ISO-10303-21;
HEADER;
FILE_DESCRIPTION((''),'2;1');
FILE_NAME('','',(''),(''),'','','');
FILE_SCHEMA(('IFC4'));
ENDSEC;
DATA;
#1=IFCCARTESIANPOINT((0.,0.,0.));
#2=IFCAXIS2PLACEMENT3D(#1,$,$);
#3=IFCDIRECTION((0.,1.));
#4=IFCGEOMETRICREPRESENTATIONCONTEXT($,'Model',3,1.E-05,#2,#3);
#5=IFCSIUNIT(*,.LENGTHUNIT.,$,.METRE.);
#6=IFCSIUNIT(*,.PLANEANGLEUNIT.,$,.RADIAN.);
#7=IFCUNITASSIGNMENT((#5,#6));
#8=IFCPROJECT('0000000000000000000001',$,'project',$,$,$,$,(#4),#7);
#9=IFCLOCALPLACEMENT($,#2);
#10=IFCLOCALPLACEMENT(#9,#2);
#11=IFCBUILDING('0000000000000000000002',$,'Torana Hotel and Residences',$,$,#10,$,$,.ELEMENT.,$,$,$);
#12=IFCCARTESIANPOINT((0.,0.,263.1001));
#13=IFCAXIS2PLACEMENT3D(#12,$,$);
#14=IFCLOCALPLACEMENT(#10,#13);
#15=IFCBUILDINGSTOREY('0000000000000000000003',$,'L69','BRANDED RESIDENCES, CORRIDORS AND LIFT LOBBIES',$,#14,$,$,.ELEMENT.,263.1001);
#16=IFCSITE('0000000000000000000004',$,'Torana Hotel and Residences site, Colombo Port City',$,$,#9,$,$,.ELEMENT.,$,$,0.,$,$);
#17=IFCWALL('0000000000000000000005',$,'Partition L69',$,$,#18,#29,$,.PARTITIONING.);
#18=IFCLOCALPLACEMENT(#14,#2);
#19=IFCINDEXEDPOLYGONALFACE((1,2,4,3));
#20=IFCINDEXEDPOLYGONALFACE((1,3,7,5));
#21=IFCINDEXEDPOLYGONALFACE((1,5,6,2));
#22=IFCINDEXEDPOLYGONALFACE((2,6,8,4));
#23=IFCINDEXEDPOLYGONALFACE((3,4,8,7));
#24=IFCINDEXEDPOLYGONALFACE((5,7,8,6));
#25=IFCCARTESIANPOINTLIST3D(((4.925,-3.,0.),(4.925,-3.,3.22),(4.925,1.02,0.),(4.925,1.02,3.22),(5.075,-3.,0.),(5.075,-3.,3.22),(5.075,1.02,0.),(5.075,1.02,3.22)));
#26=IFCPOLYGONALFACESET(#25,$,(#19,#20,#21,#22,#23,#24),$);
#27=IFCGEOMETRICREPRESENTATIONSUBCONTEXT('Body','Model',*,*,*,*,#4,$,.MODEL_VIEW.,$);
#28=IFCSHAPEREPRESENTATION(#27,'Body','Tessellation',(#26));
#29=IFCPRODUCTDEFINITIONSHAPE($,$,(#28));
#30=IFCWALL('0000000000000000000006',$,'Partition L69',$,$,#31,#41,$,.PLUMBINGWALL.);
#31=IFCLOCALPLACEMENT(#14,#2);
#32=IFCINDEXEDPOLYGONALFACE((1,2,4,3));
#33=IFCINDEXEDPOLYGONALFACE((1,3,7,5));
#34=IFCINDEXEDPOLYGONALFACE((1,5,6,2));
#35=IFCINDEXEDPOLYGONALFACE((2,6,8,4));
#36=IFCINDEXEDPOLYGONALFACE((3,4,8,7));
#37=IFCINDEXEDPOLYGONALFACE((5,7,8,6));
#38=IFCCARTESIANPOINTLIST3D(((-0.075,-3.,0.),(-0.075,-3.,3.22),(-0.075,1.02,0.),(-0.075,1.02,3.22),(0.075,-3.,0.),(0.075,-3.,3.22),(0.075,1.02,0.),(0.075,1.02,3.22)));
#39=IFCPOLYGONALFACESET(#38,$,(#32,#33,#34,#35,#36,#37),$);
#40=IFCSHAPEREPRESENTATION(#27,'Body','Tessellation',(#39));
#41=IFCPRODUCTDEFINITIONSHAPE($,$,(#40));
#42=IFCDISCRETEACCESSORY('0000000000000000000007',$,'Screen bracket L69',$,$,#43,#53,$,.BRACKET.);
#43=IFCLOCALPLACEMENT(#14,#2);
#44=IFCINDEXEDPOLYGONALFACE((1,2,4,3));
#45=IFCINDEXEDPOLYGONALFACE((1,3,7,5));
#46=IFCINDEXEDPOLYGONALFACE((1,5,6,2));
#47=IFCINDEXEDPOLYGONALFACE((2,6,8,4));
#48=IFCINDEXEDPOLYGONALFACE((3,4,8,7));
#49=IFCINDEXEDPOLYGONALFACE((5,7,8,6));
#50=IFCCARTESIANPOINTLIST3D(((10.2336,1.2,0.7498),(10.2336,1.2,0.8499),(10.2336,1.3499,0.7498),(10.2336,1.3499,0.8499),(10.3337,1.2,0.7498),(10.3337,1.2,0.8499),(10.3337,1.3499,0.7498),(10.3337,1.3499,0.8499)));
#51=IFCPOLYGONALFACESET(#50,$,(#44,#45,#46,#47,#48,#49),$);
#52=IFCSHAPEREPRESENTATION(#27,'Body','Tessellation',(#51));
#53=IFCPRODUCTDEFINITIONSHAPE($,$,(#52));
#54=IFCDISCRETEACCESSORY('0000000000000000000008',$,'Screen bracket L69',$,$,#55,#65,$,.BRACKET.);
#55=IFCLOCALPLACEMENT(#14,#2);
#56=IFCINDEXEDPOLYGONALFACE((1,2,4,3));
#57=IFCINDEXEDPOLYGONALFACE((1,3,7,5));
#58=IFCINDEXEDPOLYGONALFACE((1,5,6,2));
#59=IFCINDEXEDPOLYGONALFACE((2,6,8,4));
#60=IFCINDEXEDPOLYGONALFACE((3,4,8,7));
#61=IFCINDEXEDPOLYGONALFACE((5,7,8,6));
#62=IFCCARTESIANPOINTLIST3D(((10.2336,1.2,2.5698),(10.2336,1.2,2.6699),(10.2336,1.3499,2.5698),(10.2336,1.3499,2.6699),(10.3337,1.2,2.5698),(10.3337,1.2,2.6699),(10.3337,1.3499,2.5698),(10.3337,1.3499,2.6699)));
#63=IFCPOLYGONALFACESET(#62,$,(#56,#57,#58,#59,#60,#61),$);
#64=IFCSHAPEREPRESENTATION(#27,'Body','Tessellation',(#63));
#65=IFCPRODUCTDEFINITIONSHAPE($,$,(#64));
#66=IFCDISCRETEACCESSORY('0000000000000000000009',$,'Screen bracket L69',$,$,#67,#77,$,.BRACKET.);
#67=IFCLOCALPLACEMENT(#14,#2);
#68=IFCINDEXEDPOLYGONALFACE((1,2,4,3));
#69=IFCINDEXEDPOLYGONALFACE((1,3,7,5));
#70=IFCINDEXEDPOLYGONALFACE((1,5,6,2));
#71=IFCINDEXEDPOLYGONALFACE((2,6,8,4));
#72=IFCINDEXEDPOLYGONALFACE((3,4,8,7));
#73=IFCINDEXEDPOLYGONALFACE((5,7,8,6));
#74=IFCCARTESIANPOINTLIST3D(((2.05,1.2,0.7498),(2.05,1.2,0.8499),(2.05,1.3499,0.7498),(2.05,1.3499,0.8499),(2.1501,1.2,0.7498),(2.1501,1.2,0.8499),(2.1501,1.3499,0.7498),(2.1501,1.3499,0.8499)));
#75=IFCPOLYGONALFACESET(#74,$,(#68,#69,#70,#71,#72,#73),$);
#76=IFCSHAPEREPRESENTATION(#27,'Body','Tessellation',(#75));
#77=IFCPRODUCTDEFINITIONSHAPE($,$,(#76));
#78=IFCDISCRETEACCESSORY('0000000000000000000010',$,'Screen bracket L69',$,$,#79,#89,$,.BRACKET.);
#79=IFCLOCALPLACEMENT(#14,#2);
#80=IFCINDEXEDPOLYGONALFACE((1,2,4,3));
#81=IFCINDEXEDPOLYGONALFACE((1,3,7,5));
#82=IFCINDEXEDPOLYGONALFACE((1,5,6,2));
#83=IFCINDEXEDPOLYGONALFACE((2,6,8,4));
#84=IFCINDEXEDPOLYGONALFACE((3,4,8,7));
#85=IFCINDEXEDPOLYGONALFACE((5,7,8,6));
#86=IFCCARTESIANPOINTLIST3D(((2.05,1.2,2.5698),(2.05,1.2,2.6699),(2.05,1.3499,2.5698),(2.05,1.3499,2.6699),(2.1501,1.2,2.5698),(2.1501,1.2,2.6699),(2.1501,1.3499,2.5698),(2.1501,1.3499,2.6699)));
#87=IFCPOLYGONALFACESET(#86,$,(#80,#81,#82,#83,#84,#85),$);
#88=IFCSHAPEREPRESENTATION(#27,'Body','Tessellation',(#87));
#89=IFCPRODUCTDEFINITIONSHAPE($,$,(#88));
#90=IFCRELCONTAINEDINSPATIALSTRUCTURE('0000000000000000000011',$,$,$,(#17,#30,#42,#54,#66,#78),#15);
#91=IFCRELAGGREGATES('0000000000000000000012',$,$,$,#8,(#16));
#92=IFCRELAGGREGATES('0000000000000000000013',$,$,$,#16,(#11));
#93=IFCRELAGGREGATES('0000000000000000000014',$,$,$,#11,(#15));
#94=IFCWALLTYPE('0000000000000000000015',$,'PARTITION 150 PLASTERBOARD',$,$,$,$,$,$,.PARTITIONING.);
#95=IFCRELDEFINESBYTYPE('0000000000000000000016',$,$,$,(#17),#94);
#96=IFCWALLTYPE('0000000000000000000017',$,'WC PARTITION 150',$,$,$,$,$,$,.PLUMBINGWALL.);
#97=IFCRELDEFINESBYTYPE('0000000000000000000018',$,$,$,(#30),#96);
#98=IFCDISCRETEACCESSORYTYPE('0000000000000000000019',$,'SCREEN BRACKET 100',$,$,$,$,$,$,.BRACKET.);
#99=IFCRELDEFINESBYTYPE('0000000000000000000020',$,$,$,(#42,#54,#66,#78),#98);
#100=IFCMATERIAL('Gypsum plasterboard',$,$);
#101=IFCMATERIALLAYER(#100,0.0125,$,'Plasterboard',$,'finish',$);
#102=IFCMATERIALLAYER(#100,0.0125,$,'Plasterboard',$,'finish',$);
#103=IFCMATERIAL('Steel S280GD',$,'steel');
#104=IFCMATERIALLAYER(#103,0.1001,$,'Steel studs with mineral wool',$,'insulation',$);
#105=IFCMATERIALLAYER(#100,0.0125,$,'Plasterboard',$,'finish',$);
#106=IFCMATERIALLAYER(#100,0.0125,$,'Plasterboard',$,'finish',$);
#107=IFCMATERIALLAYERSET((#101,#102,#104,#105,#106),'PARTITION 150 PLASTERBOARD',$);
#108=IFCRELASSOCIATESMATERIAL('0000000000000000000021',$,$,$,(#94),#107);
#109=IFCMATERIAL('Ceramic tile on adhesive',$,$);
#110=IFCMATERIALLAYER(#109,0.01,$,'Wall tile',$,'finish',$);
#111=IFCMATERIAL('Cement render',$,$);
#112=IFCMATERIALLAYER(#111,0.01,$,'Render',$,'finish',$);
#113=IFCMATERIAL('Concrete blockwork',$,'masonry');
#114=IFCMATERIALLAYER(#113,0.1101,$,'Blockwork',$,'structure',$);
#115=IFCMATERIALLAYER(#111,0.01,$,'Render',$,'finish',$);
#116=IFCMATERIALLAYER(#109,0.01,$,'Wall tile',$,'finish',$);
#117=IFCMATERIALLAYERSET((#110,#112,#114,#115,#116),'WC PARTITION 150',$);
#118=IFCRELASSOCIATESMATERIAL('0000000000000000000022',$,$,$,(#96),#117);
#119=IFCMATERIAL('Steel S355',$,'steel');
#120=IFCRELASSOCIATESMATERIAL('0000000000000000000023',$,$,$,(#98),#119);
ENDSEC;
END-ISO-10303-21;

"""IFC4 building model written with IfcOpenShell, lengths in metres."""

from ifc_helpers import new_model, si_unit, direction, frame, frame_2d, origin, origin_2d, place, context, subcontext, project, spatial, rectangle, extrude, material, layer, layer_set, type_object, element, save


model = new_model("IFC4")

# Units and contexts
model_context = context("Model", 3, precision=1e-05, world=origin(), true_north=direction((0.0, 1.0)))
body_context = subcontext(model_context, "Body", "Model", "MODEL_VIEW")
ifc_project = project(units=[si_unit("LENGTHUNIT", "METRE"), si_unit("PLANEANGLEUNIT", "RADIAN")], contexts=[model_context])

# Site, building, storey
site_placement = place(None, origin())
site = spatial("IfcSite", under=ifc_project, at=site_placement, Name="Torana Hotel and Residences site, Colombo Port City", CompositionType="ELEMENT", RefElevation=0.0)
building_placement = place(site_placement, origin())
building = spatial("IfcBuilding", under=site, at=building_placement, Name="Torana Hotel and Residences", CompositionType="ELEMENT")
storey_placement = place(building_placement, frame((0.0, 0.0, 263.1001)))
storey = spatial("IfcBuildingStorey", under=building, at=storey_placement, Name="L69", Description="BRANDED RESIDENCES, CORRIDORS AND LIFT LOBBIES", CompositionType="ELEMENT", Elevation=263.1001)

# Walls
ifc_material_1 = material(Name="Concrete blockwork", Category="masonry")
ifc_material_2 = material(Name="Gypsum plasterboard")
ifc_layer_1 = layer(ifc_material_2, 0.0125, Name="Plasterboard", Category="finish")
ifc_layer_2 = layer(ifc_material_2, 0.0125, Name="Plasterboard", Category="finish")
ifc_material_3 = material(Name="Steel S280GD", Category="steel")
ifc_layer_3 = layer(ifc_material_3, 0.1001, Name="Steel studs with mineral wool", Category="insulation")
ifc_layer_4 = layer(ifc_material_2, 0.0125, Name="Plasterboard", Category="finish")
ifc_layer_5 = layer(ifc_material_2, 0.0125, Name="Plasterboard", Category="finish")
ifc_layer_set_1 = layer_set([ifc_layer_1, ifc_layer_2, ifc_layer_3, ifc_layer_4, ifc_layer_5], Name="PARTITION 150 PLASTERBOARD")
wall_type_1 = type_object("IfcWallType", Name="PARTITION 150 PLASTERBOARD", PredefinedType="PARTITIONING", material=ifc_layer_set_1)
wall_1_placement = place(storey_placement, frame((5.0, -3.0, 0.0), z_axis=(0.0, 0.0, 1.0), x_axis=(0.0, 1.0, 0.0)))
element("IfcWall", 1, at=wall_1_placement, inside=storey, type_object=wall_type_1, Name="Partition L69", PredefinedType="PARTITIONING", context=body_context, shape_type="SweptSolid", body=[
    extrude(rectangle(XDim=4.02, YDim=0.1499, at=frame_2d((2.01, 0.0))), origin(), (0.0, 0.0, 1.0), 3.22),
])
ifc_material_4 = material(Name="Ceramic tile on adhesive")
ifc_layer_6 = layer(ifc_material_4, 0.01, Name="Wall tile", Category="finish")
ifc_material_5 = material(Name="Cement render")
ifc_layer_7 = layer(ifc_material_5, 0.01, Name="Render", Category="finish")
ifc_layer_8 = layer(ifc_material_1, 0.1101, Name="Blockwork", Category="structure")
ifc_layer_9 = layer(ifc_material_5, 0.01, Name="Render", Category="finish")
ifc_layer_10 = layer(ifc_material_4, 0.01, Name="Wall tile", Category="finish")
ifc_layer_set_2 = layer_set([ifc_layer_6, ifc_layer_7, ifc_layer_8, ifc_layer_9, ifc_layer_10], Name="WC PARTITION 150")
wall_type_2 = type_object("IfcWallType", Name="WC PARTITION 150", PredefinedType="PLUMBINGWALL", material=ifc_layer_set_2)
wall_2_placement = place(storey_placement, frame((0.0, -3.0, 0.0), z_axis=(0.0, 0.0, 1.0), x_axis=(0.0, 1.0, 0.0)))
element("IfcWall", 2, at=wall_2_placement, inside=storey, type_object=wall_type_2, Name="Partition L69", PredefinedType="PLUMBINGWALL", context=body_context, shape_type="SweptSolid", body=[
    extrude(rectangle(XDim=4.02, YDim=0.1499, at=frame_2d((2.01, 0.0))), origin(), (0.0, 0.0, 1.0), 3.22),
])

# Discrete accessories
ifc_material_6 = material(Name="Steel S355", Category="steel")
discrete_accessory_type = type_object("IfcDiscreteAccessoryType", Name="SCREEN BRACKET 100", PredefinedType="BRACKET", material=ifc_material_6)
for number, where, z_axis, x_axis, name in (
    (3, (10.2837, 1.2749, 0.7498), (0.0, 0.0, 1.0), (-1.0, 0.0, 0.0), "Screen bracket L69"),
    (4, (10.2837, 1.2749, 2.5698), (0.0, 0.0, 1.0), (-1.0, 0.0, 0.0), "Screen bracket L69"),
    (5, (2.1001, 1.2749, 0.7498), (0.0, 0.0, 1.0), (-1.0, 0.0, 0.0), "Screen bracket L69"),
    (6, (2.1001, 1.2749, 2.5698), (0.0, 0.0, 1.0), (-1.0, 0.0, 0.0), "Screen bracket L69"),
):
    element("IfcDiscreteAccessory", number, at=place(storey_placement, frame(where, z_axis=z_axis, x_axis=x_axis)), inside=storey, type_object=discrete_accessory_type, Name=name, PredefinedType="BRACKET", context=body_context, shape_type="SweptSolid", body=[
        extrude(rectangle(XDim=0.1001, YDim=0.1499, at=origin_2d()), origin(), (0.0, 0.0, 1.0), 0.1001),
    ])

save(model, "model.ifc")
